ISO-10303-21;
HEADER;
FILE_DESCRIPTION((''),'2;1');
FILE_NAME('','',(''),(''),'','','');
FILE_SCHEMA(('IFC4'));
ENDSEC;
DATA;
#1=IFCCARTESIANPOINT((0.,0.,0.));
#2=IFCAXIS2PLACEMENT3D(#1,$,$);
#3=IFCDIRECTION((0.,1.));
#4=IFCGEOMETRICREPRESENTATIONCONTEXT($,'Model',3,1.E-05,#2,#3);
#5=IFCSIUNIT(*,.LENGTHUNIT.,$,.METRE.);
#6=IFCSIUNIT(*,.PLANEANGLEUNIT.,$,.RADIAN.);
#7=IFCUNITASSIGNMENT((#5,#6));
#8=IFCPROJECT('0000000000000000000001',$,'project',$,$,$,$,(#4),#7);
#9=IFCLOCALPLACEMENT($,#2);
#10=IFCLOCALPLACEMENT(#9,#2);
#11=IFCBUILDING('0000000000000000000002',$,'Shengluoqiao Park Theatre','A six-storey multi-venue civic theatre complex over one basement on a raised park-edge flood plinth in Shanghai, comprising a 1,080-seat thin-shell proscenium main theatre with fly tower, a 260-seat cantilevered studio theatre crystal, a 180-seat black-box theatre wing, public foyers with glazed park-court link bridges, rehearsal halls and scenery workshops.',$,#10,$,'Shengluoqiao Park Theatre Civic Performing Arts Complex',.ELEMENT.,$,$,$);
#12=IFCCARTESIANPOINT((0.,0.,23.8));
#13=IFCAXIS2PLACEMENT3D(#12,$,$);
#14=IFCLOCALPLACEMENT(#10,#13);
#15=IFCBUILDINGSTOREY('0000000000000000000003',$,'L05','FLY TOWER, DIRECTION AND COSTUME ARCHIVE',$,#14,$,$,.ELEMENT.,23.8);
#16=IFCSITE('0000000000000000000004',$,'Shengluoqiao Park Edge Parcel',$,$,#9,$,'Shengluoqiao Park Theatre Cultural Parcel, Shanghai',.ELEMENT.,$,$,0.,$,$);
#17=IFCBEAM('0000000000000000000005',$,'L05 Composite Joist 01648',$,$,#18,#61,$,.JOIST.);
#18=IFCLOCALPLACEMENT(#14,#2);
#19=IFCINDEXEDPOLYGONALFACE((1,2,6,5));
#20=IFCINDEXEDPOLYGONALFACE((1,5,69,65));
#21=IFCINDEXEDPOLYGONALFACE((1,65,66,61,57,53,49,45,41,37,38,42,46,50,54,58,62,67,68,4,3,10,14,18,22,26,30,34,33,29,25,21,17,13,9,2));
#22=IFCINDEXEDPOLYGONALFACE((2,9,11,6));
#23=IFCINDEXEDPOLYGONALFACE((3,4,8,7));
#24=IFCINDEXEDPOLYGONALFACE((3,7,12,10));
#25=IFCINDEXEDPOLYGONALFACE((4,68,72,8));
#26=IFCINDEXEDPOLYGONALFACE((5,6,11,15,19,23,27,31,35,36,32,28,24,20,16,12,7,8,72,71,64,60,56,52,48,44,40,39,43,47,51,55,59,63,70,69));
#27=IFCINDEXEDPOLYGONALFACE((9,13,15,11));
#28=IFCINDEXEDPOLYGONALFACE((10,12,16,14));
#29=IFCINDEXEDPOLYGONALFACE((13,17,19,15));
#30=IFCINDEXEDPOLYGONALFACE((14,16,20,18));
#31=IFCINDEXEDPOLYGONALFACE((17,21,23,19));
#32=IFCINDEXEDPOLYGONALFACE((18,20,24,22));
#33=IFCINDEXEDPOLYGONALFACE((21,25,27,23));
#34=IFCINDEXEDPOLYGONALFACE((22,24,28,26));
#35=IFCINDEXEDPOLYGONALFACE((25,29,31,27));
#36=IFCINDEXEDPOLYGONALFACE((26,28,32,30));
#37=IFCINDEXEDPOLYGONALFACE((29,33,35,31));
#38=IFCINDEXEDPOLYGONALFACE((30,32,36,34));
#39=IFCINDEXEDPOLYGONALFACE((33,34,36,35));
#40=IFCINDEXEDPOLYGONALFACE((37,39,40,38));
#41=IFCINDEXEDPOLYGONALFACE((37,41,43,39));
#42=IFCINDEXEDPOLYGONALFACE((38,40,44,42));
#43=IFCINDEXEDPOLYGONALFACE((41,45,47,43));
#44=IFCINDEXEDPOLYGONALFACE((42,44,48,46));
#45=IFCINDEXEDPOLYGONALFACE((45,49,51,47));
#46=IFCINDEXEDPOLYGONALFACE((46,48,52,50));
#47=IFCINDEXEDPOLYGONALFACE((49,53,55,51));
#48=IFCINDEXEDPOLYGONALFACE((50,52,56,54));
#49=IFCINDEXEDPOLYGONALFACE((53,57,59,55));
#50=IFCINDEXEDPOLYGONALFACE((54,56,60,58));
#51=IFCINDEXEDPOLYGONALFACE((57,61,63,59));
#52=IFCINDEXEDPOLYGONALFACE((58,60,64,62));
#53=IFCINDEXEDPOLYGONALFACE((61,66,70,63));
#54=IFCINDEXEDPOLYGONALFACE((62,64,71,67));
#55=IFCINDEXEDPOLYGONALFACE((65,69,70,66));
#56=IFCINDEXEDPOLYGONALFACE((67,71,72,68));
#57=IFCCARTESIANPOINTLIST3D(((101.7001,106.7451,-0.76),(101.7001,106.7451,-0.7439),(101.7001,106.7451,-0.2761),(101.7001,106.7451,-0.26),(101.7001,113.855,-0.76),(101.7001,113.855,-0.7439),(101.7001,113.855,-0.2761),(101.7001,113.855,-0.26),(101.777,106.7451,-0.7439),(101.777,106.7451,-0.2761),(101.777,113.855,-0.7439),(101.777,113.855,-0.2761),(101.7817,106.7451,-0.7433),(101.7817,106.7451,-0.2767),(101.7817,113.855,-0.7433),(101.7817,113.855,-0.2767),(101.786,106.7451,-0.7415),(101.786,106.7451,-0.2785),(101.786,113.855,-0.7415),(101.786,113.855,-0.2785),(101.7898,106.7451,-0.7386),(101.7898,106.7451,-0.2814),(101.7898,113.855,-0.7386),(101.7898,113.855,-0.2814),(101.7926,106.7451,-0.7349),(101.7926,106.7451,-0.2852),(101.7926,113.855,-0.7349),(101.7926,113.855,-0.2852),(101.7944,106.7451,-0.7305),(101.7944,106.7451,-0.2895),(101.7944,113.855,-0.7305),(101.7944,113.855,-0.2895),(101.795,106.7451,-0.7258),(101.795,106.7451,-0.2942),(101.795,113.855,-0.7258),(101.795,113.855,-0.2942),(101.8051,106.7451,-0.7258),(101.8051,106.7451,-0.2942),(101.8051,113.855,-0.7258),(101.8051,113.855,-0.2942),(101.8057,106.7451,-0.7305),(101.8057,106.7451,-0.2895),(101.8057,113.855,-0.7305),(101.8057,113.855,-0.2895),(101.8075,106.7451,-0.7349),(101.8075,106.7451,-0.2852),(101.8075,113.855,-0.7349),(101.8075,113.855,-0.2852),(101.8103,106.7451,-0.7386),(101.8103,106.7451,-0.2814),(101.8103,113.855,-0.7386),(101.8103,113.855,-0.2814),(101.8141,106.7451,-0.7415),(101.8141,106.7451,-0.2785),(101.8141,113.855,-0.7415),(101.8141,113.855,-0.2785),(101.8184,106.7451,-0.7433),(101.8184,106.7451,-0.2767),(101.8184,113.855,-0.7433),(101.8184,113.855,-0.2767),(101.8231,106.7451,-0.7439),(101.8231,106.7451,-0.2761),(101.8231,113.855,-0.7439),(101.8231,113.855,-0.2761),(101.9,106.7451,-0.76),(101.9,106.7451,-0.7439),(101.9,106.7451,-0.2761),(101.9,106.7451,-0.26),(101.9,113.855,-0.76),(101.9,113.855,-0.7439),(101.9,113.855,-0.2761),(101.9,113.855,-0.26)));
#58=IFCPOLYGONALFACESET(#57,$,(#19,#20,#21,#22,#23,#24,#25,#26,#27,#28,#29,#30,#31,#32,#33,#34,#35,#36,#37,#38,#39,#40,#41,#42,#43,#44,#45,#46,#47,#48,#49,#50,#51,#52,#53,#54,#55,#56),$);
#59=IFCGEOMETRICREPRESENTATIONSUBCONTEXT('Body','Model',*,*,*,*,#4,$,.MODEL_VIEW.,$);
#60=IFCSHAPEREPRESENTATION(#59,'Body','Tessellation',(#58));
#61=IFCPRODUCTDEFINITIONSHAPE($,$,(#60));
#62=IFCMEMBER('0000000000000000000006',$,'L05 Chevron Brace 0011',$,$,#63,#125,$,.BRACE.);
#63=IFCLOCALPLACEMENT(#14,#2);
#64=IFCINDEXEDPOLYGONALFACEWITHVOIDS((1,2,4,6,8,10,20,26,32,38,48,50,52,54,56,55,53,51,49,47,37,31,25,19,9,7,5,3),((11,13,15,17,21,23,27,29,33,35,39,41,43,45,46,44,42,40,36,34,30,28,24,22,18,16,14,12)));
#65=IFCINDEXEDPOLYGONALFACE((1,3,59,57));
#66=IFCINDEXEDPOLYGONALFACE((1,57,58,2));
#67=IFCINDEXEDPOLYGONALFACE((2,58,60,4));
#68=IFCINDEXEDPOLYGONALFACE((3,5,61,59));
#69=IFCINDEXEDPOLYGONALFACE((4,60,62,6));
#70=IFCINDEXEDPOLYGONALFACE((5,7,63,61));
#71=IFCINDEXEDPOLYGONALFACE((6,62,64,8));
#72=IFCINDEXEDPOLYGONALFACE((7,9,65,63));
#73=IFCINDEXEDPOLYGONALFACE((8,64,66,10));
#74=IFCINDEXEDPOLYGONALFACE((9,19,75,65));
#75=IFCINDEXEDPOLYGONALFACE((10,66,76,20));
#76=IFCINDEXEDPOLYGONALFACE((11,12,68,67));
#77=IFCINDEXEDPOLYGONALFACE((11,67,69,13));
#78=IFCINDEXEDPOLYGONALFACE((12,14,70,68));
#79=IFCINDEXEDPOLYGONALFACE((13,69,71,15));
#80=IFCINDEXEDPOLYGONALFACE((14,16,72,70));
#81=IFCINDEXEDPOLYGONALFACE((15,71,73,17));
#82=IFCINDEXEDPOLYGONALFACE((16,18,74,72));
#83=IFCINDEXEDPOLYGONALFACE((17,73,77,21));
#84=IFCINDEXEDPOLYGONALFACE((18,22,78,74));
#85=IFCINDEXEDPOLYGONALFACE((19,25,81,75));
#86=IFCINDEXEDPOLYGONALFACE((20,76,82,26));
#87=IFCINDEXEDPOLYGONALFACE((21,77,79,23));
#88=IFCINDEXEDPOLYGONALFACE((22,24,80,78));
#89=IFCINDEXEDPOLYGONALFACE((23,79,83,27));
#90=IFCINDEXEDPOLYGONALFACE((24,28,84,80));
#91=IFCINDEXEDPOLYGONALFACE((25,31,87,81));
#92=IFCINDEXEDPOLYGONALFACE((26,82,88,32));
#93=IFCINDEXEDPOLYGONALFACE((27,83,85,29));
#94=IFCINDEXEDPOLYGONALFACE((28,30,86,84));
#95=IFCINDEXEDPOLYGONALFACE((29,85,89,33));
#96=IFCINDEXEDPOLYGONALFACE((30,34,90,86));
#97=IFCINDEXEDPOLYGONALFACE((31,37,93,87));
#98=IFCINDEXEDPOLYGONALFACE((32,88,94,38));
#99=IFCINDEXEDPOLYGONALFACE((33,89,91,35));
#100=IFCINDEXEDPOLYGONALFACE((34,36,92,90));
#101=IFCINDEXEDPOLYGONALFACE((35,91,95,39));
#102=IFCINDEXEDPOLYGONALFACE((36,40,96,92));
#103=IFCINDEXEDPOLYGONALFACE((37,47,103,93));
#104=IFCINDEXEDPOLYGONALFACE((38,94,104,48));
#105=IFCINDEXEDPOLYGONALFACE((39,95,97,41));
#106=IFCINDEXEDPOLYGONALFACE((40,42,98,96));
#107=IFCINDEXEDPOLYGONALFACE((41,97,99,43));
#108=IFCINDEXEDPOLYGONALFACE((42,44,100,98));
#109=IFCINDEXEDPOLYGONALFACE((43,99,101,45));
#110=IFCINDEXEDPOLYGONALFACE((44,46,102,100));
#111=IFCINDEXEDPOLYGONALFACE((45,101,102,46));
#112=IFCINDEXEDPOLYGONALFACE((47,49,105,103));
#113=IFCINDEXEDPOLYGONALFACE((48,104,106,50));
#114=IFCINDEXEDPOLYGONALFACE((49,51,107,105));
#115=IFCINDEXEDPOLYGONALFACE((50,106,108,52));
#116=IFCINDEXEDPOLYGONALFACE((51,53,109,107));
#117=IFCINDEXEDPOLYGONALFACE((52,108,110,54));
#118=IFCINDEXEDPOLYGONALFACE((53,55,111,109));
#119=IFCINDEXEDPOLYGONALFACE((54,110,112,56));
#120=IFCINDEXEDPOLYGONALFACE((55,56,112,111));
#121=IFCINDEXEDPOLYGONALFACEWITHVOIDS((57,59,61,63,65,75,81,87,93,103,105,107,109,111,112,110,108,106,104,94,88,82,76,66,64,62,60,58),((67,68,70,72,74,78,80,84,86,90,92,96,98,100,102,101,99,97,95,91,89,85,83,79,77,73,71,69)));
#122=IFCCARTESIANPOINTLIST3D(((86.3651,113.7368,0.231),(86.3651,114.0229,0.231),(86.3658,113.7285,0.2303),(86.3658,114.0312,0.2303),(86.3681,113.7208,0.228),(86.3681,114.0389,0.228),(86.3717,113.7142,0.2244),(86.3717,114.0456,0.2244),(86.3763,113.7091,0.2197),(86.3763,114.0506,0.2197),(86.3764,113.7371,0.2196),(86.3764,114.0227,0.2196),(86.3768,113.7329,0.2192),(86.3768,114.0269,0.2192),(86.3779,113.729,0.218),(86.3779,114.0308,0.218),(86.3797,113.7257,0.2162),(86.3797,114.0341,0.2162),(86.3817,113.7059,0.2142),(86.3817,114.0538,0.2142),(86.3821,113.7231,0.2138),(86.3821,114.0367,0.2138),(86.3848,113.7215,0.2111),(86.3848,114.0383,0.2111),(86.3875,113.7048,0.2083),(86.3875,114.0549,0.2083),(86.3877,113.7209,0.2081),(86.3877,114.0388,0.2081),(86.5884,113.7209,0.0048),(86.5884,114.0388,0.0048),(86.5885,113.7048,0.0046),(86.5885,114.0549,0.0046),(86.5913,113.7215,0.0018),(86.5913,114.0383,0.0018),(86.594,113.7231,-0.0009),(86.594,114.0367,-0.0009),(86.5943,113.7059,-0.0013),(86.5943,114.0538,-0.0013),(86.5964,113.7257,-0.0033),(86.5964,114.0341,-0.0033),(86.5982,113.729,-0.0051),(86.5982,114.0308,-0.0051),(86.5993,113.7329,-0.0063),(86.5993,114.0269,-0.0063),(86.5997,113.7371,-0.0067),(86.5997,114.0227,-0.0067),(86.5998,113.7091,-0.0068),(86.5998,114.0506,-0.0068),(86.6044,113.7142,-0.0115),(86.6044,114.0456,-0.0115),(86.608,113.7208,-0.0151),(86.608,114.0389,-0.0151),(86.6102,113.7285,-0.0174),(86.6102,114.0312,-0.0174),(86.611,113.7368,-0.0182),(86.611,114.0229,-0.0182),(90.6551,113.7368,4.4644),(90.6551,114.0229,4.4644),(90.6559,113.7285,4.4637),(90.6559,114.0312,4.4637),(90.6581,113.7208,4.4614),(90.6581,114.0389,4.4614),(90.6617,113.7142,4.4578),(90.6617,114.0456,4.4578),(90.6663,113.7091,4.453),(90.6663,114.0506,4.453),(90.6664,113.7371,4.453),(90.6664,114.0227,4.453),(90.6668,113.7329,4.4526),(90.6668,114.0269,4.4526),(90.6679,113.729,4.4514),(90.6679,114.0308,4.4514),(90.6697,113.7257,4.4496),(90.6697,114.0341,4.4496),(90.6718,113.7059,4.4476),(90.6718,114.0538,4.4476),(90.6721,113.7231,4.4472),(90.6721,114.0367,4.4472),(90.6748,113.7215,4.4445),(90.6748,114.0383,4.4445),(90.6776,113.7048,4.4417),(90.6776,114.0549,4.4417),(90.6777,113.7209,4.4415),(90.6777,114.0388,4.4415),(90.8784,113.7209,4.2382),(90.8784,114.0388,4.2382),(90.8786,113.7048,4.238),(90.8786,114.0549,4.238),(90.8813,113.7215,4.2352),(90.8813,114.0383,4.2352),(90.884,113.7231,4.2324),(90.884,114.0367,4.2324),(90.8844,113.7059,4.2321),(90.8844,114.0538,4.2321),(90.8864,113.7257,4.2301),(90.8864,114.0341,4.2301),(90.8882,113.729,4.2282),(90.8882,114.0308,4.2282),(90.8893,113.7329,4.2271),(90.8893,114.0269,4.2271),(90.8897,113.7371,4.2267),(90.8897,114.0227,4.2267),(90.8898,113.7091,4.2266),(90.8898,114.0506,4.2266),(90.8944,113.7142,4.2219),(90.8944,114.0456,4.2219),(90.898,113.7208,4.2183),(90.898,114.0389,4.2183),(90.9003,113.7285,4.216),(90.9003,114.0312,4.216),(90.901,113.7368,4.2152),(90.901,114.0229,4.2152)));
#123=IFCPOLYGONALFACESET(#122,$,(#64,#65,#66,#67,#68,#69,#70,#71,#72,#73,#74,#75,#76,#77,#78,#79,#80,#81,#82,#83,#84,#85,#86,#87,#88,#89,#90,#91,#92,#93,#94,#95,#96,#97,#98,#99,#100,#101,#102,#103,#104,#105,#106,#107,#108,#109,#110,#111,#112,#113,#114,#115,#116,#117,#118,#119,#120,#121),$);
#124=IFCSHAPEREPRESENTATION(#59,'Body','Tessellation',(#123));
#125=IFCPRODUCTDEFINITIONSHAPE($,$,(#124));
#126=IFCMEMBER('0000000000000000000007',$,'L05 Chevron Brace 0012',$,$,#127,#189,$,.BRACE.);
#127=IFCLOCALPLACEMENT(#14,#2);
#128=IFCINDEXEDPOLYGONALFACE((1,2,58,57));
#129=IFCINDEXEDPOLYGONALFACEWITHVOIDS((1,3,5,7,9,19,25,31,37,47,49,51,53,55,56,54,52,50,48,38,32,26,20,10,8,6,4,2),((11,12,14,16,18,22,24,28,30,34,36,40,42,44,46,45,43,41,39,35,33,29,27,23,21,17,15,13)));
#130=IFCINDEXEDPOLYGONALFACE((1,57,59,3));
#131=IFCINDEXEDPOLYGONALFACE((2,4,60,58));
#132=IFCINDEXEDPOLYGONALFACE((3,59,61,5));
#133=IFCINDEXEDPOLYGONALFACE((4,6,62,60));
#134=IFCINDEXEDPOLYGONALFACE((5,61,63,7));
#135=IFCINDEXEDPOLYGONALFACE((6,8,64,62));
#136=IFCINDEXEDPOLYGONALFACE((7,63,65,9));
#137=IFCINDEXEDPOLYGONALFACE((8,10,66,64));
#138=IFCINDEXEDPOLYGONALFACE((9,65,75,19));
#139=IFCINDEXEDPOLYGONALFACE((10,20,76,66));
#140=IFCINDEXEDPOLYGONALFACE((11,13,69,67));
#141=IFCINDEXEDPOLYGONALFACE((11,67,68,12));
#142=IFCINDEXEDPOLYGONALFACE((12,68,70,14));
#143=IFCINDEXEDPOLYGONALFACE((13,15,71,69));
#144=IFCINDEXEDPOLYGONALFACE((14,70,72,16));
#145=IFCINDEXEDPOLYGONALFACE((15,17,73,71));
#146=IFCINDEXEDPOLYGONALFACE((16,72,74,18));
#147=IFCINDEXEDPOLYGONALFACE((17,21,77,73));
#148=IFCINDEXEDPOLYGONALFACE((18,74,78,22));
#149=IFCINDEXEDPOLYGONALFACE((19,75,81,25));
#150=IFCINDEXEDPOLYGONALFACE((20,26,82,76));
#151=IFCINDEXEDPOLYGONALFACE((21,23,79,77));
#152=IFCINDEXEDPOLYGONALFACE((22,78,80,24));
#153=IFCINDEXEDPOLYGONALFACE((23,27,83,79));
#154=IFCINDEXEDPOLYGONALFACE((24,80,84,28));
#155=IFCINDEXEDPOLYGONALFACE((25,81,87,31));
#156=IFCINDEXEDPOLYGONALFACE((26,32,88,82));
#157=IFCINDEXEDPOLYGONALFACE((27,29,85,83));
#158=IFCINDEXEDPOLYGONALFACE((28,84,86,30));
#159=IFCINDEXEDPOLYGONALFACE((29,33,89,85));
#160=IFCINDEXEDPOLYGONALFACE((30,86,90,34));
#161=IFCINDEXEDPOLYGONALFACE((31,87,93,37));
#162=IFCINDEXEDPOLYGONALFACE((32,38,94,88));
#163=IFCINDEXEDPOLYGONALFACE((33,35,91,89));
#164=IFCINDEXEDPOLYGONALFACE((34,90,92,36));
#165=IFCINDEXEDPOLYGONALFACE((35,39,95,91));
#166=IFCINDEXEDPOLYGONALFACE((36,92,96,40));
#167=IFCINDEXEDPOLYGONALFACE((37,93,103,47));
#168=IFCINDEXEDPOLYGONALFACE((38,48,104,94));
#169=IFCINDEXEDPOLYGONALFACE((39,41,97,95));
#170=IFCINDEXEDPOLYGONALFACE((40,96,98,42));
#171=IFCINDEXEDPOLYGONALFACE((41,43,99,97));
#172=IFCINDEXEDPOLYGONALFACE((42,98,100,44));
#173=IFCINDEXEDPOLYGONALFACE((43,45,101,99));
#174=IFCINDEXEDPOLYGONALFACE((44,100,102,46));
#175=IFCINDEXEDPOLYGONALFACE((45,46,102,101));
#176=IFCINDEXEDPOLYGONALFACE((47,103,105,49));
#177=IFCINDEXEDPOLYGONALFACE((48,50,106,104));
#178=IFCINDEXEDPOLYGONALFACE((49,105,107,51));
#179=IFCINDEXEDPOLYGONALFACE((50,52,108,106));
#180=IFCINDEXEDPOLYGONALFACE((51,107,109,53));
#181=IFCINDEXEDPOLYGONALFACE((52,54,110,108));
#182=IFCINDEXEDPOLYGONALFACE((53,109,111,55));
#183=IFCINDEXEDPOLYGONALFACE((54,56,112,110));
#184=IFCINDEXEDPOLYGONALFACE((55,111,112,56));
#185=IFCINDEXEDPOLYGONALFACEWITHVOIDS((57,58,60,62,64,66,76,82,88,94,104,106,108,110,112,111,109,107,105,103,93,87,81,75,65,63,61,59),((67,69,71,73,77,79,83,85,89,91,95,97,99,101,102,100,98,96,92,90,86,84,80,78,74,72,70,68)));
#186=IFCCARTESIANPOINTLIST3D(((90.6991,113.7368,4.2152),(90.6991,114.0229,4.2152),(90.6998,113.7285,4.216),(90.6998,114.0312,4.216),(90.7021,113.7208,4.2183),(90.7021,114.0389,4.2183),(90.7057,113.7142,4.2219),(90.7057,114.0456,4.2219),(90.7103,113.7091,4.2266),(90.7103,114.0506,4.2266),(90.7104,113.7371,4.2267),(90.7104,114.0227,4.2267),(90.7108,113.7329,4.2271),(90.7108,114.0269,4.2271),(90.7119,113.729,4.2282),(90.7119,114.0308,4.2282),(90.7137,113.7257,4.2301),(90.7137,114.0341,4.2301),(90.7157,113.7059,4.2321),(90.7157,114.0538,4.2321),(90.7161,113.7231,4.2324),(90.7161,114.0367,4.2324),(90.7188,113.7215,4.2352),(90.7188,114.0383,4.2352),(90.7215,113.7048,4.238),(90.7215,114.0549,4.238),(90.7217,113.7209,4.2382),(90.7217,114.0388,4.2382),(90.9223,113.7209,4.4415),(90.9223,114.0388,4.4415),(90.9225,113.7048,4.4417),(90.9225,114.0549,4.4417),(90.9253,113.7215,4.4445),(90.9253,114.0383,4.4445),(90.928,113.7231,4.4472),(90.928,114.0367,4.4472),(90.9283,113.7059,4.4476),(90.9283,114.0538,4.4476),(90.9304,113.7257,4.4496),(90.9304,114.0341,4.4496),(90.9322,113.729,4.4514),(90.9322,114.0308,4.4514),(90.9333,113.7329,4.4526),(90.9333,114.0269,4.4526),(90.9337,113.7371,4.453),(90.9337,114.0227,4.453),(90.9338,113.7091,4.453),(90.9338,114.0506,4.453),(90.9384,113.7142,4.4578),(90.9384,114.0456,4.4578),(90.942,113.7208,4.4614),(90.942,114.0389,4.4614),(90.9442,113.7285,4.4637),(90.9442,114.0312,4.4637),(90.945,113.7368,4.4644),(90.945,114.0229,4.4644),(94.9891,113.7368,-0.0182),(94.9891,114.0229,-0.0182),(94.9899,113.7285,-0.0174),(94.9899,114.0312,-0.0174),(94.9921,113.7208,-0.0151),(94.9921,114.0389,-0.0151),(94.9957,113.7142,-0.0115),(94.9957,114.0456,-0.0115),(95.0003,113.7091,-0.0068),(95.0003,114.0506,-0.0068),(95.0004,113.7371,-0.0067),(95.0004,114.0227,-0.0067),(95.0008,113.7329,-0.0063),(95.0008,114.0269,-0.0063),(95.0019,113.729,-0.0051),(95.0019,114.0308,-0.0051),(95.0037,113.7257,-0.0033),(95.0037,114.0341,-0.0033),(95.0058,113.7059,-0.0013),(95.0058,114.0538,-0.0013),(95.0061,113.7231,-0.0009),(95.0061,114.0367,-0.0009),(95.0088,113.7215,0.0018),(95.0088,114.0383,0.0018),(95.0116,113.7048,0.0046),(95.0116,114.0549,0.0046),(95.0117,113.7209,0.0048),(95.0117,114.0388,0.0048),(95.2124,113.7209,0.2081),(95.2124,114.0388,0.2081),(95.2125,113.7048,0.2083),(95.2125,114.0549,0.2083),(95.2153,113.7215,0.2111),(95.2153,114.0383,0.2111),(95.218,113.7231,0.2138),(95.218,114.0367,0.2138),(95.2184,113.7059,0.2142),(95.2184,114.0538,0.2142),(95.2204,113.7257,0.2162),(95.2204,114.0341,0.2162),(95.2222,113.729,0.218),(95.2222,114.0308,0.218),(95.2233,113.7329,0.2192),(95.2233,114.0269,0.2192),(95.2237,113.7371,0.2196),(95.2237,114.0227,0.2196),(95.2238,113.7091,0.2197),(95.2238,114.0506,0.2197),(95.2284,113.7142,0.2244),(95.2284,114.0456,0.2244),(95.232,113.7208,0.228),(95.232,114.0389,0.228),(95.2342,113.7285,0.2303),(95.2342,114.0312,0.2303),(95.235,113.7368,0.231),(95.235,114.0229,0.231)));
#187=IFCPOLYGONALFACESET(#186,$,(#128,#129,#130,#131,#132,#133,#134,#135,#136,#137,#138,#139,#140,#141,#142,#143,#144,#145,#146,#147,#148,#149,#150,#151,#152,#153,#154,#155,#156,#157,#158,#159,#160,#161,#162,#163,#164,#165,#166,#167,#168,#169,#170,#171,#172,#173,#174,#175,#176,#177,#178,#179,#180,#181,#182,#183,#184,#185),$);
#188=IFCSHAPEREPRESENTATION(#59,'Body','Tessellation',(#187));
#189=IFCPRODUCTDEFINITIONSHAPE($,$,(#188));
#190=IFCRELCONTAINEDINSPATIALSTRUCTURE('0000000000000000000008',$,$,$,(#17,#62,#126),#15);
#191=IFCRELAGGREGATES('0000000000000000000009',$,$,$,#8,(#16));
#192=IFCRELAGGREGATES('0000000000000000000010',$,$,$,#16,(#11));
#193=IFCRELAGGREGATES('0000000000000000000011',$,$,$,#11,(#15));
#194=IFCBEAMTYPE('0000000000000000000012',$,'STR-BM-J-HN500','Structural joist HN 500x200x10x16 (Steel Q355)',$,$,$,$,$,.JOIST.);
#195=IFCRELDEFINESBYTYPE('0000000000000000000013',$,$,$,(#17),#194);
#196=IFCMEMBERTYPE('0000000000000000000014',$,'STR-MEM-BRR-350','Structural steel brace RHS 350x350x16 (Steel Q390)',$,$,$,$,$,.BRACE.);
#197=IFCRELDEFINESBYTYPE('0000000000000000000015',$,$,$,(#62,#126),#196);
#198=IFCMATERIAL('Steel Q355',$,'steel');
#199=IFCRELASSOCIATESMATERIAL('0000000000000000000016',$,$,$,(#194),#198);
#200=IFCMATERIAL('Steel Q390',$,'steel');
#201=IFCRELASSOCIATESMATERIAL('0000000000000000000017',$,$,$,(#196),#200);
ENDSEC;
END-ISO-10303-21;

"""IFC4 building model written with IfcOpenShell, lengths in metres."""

from ifc_helpers import new_model, si_unit, direction, frame, origin, origin_2d, place, context, subcontext, project, spatial, hollow_rectangle, i_section, extrude, material, material_profile, profile_set, type_object, element, save


model = new_model("IFC4")

# Units and contexts
model_context = context("Model", 3, precision=1e-05, world=origin(), true_north=direction((0.0, 1.0)))
body_context = subcontext(model_context, "Body", "Model", "MODEL_VIEW")
ifc_project = project(units=[si_unit("LENGTHUNIT", "METRE"), si_unit("PLANEANGLEUNIT", "RADIAN")], contexts=[model_context])

# Site, building, storey
site_placement = place(None, origin())
site = spatial("IfcSite", under=ifc_project, at=site_placement, Name="Shengluoqiao Park Edge Parcel", LongName="Shengluoqiao Park Theatre Cultural Parcel, Shanghai", CompositionType="ELEMENT", RefElevation=0.0)
building_placement = place(site_placement, origin())
building = spatial("IfcBuilding", under=site, at=building_placement, Name="Shengluoqiao Park Theatre", Description="A six-storey multi-venue civic theatre complex over one basement on a raised park-edge flood plinth in Shanghai, comprising a 1,080-seat thin-shell proscenium main theatre with fly tower, a 260-seat cantilevered studio theatre crystal, a 180-seat black-box theatre wing, public foyers with glazed park-court link bridges, rehearsal halls and scenery workshops.", LongName="Shengluoqiao Park Theatre Civic Performing Arts Complex", CompositionType="ELEMENT")
storey_placement = place(building_placement, frame((0.0, 0.0, 23.8)))
storey = spatial("IfcBuildingStorey", under=building, at=storey_placement, Name="L05", Description="FLY TOWER, DIRECTION AND COSTUME ARCHIVE", CompositionType="ELEMENT", Elevation=23.8)

# Beam
ifc_material_1 = material(Name="Steel Q355", Category="steel")
ifc_material_2 = material(Name="Steel Q390", Category="steel")
ifc_material_profile_1 = material_profile(ifc_material_1, i_section(OverallWidth=0.2, OverallDepth=0.5, WebThickness=0.01, FlangeThickness=0.0161, FilletRadius=0.0181, at=origin_2d()), Name="HN 500x200x10x16")
ifc_profile_set_1 = profile_set([ifc_material_profile_1], Name="Steel Q355")
beam_type_1 = type_object("IfcBeamType", Name="STR-BM-J-HN500", Description="Structural joist HN 500x200x10x16 (Steel Q355)", PredefinedType="JOIST", material=ifc_profile_set_1)
for number, where, z_axis, x_axis, name in (
    (1, (101.8, 106.7451, -0.51), (0.0, 1.0, 0.0), (-1.0, 0.0, 0.0), "L05 Composite Joist 01648"),
):
    element("IfcBeam", number, at=place(storey_placement, frame(where, z_axis=z_axis, x_axis=x_axis)), inside=storey, type_object=beam_type_1, Name=name, PredefinedType="JOIST", context=body_context, shape_type="SweptSolid", body=[
        extrude(i_section(OverallWidth=0.2, OverallDepth=0.5, WebThickness=0.01, FlangeThickness=0.0161, FilletRadius=0.0181, at=origin_2d()), origin(), (0.0, 0.0, 1.0), 7.1099),
    ])

# Members
ifc_material_profile_2 = material_profile(ifc_material_2, hollow_rectangle(XDim=0.3501, YDim=0.3501, WallThickness=0.0161, InnerFilletRadius=0.0161, OuterFilletRadius=0.032, at=origin_2d()), Name="RHS 350x350x16")
ifc_profile_set_2 = profile_set([ifc_material_profile_2], Name="Steel Q390")
member_type = type_object("IfcMemberType", Name="STR-MEM-BRR-350", Description="Structural steel brace RHS 350x350x16 (Steel Q390)", PredefinedType="BRACE", material=ifc_profile_set_2)
for number, where, z_axis, x_axis, name in (
    (2, (86.488, 113.8799, 0.1064), (0.71179, 0.0, 0.702392), (0.0, 1.0, 0.0), "L05 Chevron Brace 0011"),
    (3, (95.1121, 113.8799, 0.1064), (-0.71179, 0.0, 0.702392), (0.0, -1.0, 0.0), "L05 Chevron Brace 0012"),
):
    element("IfcMember", number, at=place(storey_placement, frame(where, z_axis=z_axis, x_axis=x_axis)), inside=storey, type_object=member_type, Name=name, PredefinedType="BRACE", context=body_context, shape_type="SweptSolid", body=[
        extrude(hollow_rectangle(XDim=0.3501, YDim=0.3501, WallThickness=0.0161, InnerFilletRadius=0.0161, OuterFilletRadius=0.032, at=origin_2d()), origin(), (0.0, 0.0, 1.0), 6.0271),
    ])

save(model, "model.ifc")
